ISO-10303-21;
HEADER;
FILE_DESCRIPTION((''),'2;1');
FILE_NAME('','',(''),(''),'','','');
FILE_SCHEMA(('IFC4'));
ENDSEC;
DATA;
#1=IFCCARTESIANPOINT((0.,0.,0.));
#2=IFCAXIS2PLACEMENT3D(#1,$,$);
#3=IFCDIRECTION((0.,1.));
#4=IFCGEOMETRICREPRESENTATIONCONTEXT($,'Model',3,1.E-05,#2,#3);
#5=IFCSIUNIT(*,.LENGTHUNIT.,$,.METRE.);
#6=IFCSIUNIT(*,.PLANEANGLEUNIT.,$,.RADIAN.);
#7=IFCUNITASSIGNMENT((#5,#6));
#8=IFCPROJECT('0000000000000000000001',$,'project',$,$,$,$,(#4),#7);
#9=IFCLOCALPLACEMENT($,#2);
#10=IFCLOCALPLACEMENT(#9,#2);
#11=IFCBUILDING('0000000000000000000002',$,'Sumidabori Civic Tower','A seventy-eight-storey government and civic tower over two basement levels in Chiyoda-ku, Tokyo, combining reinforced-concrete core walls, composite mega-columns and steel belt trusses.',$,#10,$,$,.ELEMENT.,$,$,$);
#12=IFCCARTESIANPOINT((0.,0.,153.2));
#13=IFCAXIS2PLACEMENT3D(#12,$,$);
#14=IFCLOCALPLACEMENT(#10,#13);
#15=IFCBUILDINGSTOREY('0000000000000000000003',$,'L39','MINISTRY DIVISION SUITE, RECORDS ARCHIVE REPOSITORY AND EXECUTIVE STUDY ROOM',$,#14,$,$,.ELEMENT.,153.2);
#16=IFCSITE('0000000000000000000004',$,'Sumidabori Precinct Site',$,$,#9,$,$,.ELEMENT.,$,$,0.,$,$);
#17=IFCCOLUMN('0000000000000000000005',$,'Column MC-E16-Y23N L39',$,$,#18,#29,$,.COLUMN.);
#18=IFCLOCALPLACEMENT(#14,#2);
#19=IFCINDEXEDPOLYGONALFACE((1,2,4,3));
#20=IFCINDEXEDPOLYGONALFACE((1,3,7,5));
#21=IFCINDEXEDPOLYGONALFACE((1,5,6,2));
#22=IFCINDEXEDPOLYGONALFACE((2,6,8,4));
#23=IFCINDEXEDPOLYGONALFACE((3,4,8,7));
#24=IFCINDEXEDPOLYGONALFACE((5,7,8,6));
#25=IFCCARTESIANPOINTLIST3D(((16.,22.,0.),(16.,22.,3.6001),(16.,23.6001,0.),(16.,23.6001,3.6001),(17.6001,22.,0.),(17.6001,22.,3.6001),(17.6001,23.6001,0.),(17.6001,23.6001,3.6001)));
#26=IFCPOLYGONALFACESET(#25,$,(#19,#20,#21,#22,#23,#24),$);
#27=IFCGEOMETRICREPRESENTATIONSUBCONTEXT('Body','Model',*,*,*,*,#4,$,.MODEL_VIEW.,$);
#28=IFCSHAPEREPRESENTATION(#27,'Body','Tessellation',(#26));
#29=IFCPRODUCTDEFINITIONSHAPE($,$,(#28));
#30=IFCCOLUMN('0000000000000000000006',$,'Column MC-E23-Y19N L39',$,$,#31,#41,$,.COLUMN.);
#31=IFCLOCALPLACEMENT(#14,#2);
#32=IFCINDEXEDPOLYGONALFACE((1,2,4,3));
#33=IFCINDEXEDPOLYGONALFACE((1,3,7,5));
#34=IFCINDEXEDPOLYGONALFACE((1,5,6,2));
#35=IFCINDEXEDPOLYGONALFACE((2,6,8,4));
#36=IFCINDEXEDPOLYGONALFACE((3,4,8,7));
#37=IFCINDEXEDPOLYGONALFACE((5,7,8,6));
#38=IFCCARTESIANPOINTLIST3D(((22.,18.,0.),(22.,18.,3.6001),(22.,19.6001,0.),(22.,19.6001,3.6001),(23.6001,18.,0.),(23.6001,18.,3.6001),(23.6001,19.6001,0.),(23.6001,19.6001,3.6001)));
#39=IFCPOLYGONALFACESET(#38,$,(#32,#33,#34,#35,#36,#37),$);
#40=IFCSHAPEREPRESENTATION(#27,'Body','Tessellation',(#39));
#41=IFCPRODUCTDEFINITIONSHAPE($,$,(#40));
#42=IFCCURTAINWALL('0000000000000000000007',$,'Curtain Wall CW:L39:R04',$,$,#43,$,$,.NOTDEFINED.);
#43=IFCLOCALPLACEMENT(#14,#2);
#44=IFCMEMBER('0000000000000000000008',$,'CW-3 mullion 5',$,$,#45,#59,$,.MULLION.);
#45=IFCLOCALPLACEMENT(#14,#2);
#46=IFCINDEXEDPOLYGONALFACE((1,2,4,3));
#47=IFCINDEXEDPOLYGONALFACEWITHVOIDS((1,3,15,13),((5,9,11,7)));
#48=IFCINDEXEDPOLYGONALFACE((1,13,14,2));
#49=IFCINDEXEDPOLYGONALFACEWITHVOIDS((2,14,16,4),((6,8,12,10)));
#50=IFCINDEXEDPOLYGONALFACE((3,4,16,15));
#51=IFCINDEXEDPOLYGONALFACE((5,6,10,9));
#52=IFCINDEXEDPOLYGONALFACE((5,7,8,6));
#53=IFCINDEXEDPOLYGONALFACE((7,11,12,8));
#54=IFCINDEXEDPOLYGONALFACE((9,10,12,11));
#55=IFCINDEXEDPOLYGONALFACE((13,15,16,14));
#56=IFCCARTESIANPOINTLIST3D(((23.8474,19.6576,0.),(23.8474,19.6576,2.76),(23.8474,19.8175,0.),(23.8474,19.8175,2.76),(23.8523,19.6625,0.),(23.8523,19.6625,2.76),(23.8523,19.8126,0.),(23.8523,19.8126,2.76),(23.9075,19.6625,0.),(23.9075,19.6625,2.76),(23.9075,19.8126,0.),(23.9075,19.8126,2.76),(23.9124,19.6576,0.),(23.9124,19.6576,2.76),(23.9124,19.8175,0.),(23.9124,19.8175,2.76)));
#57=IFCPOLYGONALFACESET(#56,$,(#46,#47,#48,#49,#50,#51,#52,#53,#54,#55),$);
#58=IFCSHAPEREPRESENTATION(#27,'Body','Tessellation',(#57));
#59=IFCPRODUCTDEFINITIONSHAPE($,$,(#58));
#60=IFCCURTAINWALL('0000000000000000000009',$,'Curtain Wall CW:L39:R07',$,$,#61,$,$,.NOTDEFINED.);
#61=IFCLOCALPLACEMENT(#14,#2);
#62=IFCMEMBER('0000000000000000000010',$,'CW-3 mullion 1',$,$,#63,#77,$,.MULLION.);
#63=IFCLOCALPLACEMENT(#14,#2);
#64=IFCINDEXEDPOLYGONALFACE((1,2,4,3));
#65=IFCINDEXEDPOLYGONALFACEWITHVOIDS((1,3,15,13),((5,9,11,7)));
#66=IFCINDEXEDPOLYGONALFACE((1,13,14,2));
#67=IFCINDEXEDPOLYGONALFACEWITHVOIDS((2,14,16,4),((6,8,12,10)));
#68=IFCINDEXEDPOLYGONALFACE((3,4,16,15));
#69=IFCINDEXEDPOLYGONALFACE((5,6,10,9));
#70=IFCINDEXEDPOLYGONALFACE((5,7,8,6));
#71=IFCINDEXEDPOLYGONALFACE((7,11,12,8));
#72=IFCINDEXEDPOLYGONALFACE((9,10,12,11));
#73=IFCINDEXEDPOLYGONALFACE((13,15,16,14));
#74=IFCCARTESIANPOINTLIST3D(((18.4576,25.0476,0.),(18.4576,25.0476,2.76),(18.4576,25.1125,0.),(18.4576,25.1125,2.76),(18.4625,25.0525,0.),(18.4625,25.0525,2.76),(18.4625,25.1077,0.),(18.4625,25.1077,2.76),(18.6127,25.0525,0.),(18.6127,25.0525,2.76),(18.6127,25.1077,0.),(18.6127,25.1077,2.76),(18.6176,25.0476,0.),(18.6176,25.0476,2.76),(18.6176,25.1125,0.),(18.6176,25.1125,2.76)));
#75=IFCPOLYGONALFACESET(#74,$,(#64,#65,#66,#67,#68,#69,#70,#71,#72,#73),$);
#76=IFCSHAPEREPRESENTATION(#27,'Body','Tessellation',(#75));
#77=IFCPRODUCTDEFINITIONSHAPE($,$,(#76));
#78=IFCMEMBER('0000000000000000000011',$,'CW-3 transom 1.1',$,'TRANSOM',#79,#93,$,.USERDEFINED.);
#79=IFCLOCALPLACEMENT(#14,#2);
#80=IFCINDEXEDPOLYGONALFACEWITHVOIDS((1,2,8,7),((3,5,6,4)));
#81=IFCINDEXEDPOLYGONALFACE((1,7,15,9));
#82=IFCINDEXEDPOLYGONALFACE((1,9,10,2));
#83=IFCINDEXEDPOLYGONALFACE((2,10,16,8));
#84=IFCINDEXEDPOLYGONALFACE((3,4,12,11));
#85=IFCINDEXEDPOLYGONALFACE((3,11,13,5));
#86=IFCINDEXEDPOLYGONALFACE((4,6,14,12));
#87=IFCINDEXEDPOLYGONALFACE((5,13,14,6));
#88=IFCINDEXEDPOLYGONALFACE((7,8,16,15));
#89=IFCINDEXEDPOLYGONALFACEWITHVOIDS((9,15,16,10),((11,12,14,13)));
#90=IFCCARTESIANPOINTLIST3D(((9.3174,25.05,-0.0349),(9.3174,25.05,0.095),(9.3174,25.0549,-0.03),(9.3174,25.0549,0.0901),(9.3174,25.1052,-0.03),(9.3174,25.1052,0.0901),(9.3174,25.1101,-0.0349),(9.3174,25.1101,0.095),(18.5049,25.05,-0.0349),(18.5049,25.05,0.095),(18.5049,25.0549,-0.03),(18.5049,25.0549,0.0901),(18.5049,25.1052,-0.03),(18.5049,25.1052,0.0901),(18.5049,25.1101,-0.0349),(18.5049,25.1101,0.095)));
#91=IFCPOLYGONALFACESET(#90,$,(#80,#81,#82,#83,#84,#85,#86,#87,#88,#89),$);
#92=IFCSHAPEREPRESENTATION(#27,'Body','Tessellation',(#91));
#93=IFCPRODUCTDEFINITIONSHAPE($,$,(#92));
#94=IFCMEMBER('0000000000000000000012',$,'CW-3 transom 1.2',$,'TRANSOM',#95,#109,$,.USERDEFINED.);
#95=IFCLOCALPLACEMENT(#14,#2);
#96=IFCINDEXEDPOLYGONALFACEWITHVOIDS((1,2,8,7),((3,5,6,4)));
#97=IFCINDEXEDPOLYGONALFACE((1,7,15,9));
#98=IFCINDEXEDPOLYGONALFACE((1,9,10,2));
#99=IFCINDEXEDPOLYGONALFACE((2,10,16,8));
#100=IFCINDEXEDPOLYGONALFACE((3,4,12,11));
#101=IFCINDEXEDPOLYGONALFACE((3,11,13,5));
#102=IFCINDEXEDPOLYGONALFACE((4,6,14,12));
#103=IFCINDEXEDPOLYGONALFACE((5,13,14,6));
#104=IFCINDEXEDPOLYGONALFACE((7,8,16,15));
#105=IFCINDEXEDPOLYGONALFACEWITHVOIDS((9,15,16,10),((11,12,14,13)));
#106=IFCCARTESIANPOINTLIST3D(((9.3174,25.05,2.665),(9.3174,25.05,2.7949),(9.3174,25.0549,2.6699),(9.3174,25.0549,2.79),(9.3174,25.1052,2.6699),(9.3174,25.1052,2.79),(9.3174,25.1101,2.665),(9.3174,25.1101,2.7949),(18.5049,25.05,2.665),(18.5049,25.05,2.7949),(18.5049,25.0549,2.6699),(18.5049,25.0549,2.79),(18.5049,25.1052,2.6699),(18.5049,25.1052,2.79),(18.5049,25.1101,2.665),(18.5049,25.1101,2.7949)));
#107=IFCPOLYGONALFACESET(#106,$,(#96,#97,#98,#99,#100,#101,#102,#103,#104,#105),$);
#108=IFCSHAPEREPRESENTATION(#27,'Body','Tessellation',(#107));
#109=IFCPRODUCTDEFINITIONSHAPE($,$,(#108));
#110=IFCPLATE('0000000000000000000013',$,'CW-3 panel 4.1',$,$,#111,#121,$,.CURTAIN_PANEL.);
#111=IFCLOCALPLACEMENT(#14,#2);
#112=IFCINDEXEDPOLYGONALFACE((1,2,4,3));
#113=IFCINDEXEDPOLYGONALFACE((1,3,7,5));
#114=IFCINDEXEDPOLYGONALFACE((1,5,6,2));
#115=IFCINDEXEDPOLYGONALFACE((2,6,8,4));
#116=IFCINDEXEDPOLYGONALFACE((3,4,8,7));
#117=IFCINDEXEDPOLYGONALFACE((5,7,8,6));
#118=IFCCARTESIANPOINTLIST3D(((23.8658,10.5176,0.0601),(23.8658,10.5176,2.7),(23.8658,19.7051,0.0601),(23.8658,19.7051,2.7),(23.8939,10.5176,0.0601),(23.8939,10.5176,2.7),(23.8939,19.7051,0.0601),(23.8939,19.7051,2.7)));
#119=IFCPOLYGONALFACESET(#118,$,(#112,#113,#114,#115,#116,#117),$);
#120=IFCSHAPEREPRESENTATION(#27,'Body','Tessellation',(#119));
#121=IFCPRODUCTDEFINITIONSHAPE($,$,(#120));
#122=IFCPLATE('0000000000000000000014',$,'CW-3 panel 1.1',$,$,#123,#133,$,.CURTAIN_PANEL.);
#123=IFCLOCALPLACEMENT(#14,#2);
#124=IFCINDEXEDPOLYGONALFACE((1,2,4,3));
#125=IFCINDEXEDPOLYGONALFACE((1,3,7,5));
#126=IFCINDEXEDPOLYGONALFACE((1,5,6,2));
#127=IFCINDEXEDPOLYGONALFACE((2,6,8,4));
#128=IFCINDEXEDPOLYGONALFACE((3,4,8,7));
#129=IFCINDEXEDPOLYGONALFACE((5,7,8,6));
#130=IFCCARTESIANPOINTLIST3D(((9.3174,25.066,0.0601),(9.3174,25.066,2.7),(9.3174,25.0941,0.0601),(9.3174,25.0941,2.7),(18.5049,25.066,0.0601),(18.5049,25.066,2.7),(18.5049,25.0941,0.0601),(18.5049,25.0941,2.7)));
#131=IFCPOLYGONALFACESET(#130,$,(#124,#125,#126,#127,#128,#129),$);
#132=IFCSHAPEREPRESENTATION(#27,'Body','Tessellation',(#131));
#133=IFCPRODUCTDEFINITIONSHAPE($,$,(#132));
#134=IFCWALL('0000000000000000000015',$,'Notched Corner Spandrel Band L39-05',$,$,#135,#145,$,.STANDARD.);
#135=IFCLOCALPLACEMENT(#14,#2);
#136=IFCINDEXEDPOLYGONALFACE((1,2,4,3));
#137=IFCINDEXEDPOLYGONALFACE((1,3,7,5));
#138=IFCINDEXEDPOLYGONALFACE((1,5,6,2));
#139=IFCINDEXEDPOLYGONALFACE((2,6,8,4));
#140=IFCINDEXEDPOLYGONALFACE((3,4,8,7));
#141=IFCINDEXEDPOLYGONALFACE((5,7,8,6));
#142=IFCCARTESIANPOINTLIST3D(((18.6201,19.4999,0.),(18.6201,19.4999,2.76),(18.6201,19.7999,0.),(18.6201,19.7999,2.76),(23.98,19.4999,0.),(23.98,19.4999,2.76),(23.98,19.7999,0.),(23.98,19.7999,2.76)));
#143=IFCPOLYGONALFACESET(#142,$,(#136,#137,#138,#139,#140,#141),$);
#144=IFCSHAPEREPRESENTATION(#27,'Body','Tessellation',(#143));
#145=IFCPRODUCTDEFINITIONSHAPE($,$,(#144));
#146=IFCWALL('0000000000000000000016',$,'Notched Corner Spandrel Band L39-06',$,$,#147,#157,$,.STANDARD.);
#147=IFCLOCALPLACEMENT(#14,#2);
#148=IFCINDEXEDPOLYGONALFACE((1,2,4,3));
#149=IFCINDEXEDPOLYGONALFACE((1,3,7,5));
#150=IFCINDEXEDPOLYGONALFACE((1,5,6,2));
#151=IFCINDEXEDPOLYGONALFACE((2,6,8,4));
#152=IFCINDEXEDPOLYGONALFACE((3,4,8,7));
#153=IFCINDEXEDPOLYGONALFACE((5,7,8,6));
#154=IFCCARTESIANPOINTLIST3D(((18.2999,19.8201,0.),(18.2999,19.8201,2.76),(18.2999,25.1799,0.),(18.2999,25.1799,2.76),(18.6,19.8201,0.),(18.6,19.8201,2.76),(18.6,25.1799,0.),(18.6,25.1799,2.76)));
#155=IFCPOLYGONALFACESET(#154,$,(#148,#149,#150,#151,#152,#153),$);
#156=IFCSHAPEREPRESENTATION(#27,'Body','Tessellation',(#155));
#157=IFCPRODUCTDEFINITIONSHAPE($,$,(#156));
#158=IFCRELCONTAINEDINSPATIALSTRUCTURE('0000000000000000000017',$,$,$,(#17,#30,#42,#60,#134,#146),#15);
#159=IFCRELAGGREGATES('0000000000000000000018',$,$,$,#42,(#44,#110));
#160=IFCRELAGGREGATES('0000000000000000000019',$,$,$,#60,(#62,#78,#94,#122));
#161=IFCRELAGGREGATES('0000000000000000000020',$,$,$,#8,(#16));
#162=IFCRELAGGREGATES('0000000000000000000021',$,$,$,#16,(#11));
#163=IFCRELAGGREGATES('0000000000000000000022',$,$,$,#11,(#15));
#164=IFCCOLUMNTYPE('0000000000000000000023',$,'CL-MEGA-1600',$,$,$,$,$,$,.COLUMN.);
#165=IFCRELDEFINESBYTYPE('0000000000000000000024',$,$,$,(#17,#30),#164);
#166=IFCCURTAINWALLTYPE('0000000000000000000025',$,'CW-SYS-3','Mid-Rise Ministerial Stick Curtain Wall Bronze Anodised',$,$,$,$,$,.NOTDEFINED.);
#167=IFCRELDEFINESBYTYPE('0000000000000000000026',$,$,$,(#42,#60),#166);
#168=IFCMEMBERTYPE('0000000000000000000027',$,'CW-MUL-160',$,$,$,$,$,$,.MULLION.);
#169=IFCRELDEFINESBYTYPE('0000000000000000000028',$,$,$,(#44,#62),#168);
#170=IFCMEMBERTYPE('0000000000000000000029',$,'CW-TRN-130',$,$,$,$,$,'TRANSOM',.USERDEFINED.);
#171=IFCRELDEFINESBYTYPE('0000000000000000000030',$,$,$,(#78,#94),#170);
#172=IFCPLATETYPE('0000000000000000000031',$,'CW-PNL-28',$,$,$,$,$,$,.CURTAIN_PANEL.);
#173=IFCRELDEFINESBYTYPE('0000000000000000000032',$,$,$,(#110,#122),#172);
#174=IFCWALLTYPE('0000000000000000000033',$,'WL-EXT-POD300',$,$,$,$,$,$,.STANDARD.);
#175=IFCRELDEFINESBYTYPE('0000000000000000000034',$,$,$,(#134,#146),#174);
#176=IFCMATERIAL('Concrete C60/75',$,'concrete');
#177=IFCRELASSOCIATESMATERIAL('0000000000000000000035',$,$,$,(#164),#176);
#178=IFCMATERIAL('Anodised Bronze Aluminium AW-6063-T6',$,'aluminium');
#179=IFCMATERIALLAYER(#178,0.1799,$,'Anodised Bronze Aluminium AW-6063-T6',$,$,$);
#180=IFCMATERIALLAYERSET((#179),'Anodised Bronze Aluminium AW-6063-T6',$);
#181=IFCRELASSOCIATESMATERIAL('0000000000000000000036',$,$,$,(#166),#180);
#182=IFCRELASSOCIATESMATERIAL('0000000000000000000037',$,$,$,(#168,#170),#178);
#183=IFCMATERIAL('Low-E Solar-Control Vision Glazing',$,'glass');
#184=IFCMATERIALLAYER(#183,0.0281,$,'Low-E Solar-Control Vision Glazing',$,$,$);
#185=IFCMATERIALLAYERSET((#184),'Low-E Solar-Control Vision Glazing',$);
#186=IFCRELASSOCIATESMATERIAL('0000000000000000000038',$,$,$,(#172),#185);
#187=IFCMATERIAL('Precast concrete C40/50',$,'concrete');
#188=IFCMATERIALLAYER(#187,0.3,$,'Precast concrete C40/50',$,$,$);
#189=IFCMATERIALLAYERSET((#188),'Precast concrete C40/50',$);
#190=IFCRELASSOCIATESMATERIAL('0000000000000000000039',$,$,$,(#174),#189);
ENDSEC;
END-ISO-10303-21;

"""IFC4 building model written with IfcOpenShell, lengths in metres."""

from ifc_helpers import new_model, si_unit, direction, frame, frame_2d, origin, origin_2d, place, context, subcontext, project, spatial, rectangle, hollow_rectangle, extrude, source, transform, mapped, material, layer, layer_set, material_profile, profile_set, type_object, element, aggregate, save


model = new_model("IFC4")

# Units and contexts
model_context = context("Model", 3, precision=1e-05, world=origin(), true_north=direction((0.0, 1.0)))
body_context = subcontext(model_context, "Body", "Model", "MODEL_VIEW")
ifc_project = project(units=[si_unit("LENGTHUNIT", "METRE"), si_unit("PLANEANGLEUNIT", "RADIAN")], contexts=[model_context])

# Site, building, storey
site_placement = place(None, origin())
site = spatial("IfcSite", under=ifc_project, at=site_placement, Name="Sumidabori Precinct Site", CompositionType="ELEMENT", RefElevation=0.0)
building_placement = place(site_placement, origin())
building = spatial("IfcBuilding", under=site, at=building_placement, Name="Sumidabori Civic Tower", Description="A seventy-eight-storey government and civic tower over two basement levels in Chiyoda-ku, Tokyo, combining reinforced-concrete core walls, composite mega-columns and steel belt trusses.", CompositionType="ELEMENT")
storey_placement = place(building_placement, frame((0.0, 0.0, 153.2)))
storey = spatial("IfcBuildingStorey", under=building, at=storey_placement, Name="L39", Description="MINISTRY DIVISION SUITE, RECORDS ARCHIVE REPOSITORY AND EXECUTIVE STUDY ROOM", CompositionType="ELEMENT", Elevation=153.2)

# Columns
ifc_material_1 = material(Name="Concrete C60/75", Category="concrete")
ifc_material_profile_1 = material_profile(ifc_material_1, rectangle(XDim=1.6001, YDim=1.6001, at=origin_2d()), Name="RC 1600x1600")
ifc_profile_set_1 = profile_set([ifc_material_profile_1], Name="Concrete C60/75")
column_type = type_object("IfcColumnType", Name="CL-MEGA-1600", PredefinedType="COLUMN", material=ifc_profile_set_1)
shared_shape_1 = source(origin(), body_context, "Body", "SweptSolid", [
    extrude(rectangle(XDim=1.6001, YDim=1.6001, at=origin_2d()), origin(), (0.0, 0.0, 1.0), 3.6001),
])
for number, where, z_axis, x_axis, name in (
    (1, (16.8, 22.8, 0.0), (0.0, 0.0, 1.0), (1.0, 0.0, 0.0), "Column MC-E16-Y23N L39"),
    (2, (22.8, 18.8, 0.0), (0.0, 0.0, 1.0), (1.0, 0.0, 0.0), "Column MC-E23-Y19N L39"),
):
    element("IfcColumn", number, at=place(storey_placement, frame(where, z_axis=z_axis, x_axis=x_axis)), inside=storey, type_object=column_type, Name=name, PredefinedType="COLUMN", context=body_context, shape_type="MappedRepresentation", body=[
        mapped(shared_shape_1, transform((0.0, 0.0, 0.0), x_axis=(1.0, 0.0, 0.0), y_axis=(0.0, 1.0, 0.0), z_axis=(0.0, 0.0, 1.0), scale=1.0)),
    ])

# Curtain wall, member
ifc_material_2 = material(Name="Anodised Bronze Aluminium AW-6063-T6", Category="aluminium")
ifc_layer_1 = layer(ifc_material_2, 0.1799, Name="Anodised Bronze Aluminium AW-6063-T6")
ifc_layer_set_1 = layer_set([ifc_layer_1], Name="Anodised Bronze Aluminium AW-6063-T6")
curtain_wall_type = type_object("IfcCurtainWallType", Name="CW-SYS-3", Description="Mid-Rise Ministerial Stick Curtain Wall Bronze Anodised", PredefinedType="NOTDEFINED", material=ifc_layer_set_1)
curtain_wall_1_placement = place(storey_placement, origin())
curtain_wall_1 = element("IfcCurtainWall", 3, at=curtain_wall_1_placement, inside=storey, type_object=curtain_wall_type, Name="Curtain Wall CW:L39:R04", PredefinedType="NOTDEFINED")
ifc_material_profile_2 = material_profile(ifc_material_2, hollow_rectangle(XDim=0.0649, YDim=0.1599, WallThickness=0.0049, at=origin_2d()), Name="ALU MULLION 160x65")
ifc_profile_set_2 = profile_set([ifc_material_profile_2], Name="Anodised Bronze Aluminium AW-6063-T6")
member_type_1 = type_object("IfcMemberType", Name="CW-MUL-160", PredefinedType="MULLION", material=ifc_profile_set_2)
shared_shape_2 = source(origin(), body_context, "Body", "SweptSolid", [
    extrude(hollow_rectangle(XDim=0.0649, YDim=0.1599, WallThickness=0.0049, at=origin_2d()), origin(), (0.0, 0.0, 1.0), 2.76),
])
member_1_placement = place(storey_placement, frame((23.8799, 19.7375, 0.0), z_axis=(0.0, 0.0, 1.0), x_axis=(-1.0, 0.0, 0.0)))
member_1 = element("IfcMember", 4, at=member_1_placement, type_object=member_type_1, Name="CW-3 mullion 5", PredefinedType="MULLION", context=body_context, shape_type="MappedRepresentation", body=[
    mapped(shared_shape_2, transform((0.0, 0.0, 0.0), x_axis=(1.0, 0.0, 0.0), y_axis=(0.0, 1.0, 0.0), z_axis=(0.0, 0.0, 1.0), scale=1.0)),
])

# Curtain wall, members
curtain_wall_2_placement = place(storey_placement, origin())
curtain_wall_2 = element("IfcCurtainWall", 5, at=curtain_wall_2_placement, inside=storey, type_object=curtain_wall_type, Name="Curtain Wall CW:L39:R07", PredefinedType="NOTDEFINED")
member_2_placement = place(storey_placement, frame((18.5376, 25.0801, 0.0), z_axis=(0.0, 0.0, 1.0), x_axis=(0.0, -1.0, 0.0)))
member_2 = element("IfcMember", 6, at=member_2_placement, type_object=member_type_1, Name="CW-3 mullion 1", PredefinedType="MULLION", context=body_context, shape_type="MappedRepresentation", body=[
    mapped(shared_shape_2, transform((0.0, 0.0, 0.0), x_axis=(1.0, 0.0, 0.0), y_axis=(0.0, 1.0, 0.0), z_axis=(0.0, 0.0, 1.0), scale=1.0)),
])
ifc_material_profile_3 = material_profile(ifc_material_2, hollow_rectangle(XDim=0.0601, YDim=0.1299, WallThickness=0.0049, at=origin_2d()), Name="ALU TRANSOM 130x60")
ifc_profile_set_3 = profile_set([ifc_material_profile_3], Name="Anodised Bronze Aluminium AW-6063-T6")
member_type_2 = type_object("IfcMemberType", Name="CW-TRN-130", ElementType="TRANSOM", PredefinedType="USERDEFINED", material=ifc_profile_set_3)
shared_shape_3 = source(origin(), body_context, "Body", "SweptSolid", [
    extrude(hollow_rectangle(XDim=0.0601, YDim=0.1299, WallThickness=0.0049, at=origin_2d()), origin(), (0.0, 0.0, 1.0), 9.1875),
])
member_3_placement = place(storey_placement, frame((18.5049, 25.0801, 0.03), z_axis=(-1.0, 0.0, 0.0), x_axis=(0.0, -1.0, 0.0)))
member_3 = element("IfcMember", 7, at=member_3_placement, type_object=member_type_2, Name="CW-3 transom 1.1", ObjectType="TRANSOM", PredefinedType="USERDEFINED", context=body_context, shape_type="MappedRepresentation", body=[
    mapped(shared_shape_3, transform((0.0, 0.0, 0.0), x_axis=(1.0, 0.0, 0.0), y_axis=(0.0, 1.0, 0.0), z_axis=(0.0, 0.0, 1.0), scale=1.0)),
])
member_4_placement = place(storey_placement, frame((18.5049, 25.0801, 2.73), z_axis=(-1.0, 0.0, 0.0), x_axis=(0.0, -1.0, 0.0)))
member_4 = element("IfcMember", 8, at=member_4_placement, type_object=member_type_2, Name="CW-3 transom 1.2", ObjectType="TRANSOM", PredefinedType="USERDEFINED", context=body_context, shape_type="MappedRepresentation", body=[
    mapped(shared_shape_3, transform((0.0, 0.0, 0.0), x_axis=(1.0, 0.0, 0.0), y_axis=(0.0, 1.0, 0.0), z_axis=(0.0, 0.0, 1.0), scale=1.0)),
])

# Plates
ifc_material_3 = material(Name="Low-E Solar-Control Vision Glazing", Category="glass")
ifc_layer_2 = layer(ifc_material_3, 0.0281, Name="Low-E Solar-Control Vision Glazing")
ifc_layer_set_2 = layer_set([ifc_layer_2], Name="Low-E Solar-Control Vision Glazing")
plate_type = type_object("IfcPlateType", Name="CW-PNL-28", PredefinedType="CURTAIN_PANEL", material=ifc_layer_set_2)
shared_shape_4 = source(origin(), body_context, "Body", "SweptSolid", [
    extrude(rectangle(XDim=9.1875, YDim=0.0281, at=origin_2d()), origin(), (0.0, 0.0, 1.0), 2.6399),
])
plate_1_placement = place(storey_placement, frame((23.8799, 15.1113, 0.0601), z_axis=(0.0, 0.0, 1.0), x_axis=(0.0, 1.0, 0.0)))
plate_1 = element("IfcPlate", 9, at=plate_1_placement, type_object=plate_type, Name="CW-3 panel 4.1", PredefinedType="CURTAIN_PANEL", context=body_context, shape_type="MappedRepresentation", body=[
    mapped(shared_shape_4, transform((0.0, 0.0, 0.0), x_axis=(1.0, 0.0, 0.0), y_axis=(0.0, 1.0, 0.0), z_axis=(0.0, 0.0, 1.0), scale=1.0)),
])
aggregate(curtain_wall_1, [member_1, plate_1])
plate_2_placement = place(storey_placement, frame((13.9111, 25.0801, 0.0601), z_axis=(0.0, 0.0, 1.0), x_axis=(-1.0, 0.0, 0.0)))
plate_2 = element("IfcPlate", 10, at=plate_2_placement, type_object=plate_type, Name="CW-3 panel 1.1", PredefinedType="CURTAIN_PANEL", context=body_context, shape_type="MappedRepresentation", body=[
    mapped(shared_shape_4, transform((0.0, 0.0, 0.0), x_axis=(1.0, 0.0, 0.0), y_axis=(0.0, 1.0, 0.0), z_axis=(0.0, 0.0, 1.0), scale=1.0)),
])
aggregate(curtain_wall_2, [member_2, member_3, member_4, plate_2])

# Walls
ifc_material_4 = material(Name="Precast concrete C40/50", Category="concrete")
ifc_layer_3 = layer(ifc_material_4, 0.3, Name="Precast concrete C40/50")
ifc_layer_set_3 = layer_set([ifc_layer_3], Name="Precast concrete C40/50")
wall_type = type_object("IfcWallType", Name="WL-EXT-POD300", PredefinedType="STANDARD", material=ifc_layer_set_3)
shared_shape_5 = source(origin(), body_context, "Body", "SweptSolid", [
    extrude(rectangle(XDim=5.3599, YDim=0.3, at=frame_2d((2.6799, 0.0))), origin(), (0.0, 0.0, 1.0), 2.76),
])
for number, where, z_axis, x_axis, name in (
    (11, (23.98, 19.6499, 0.0), (0.0, 0.0, 1.0), (-1.0, 0.0, 0.0), "Notched Corner Spandrel Band L39-05"),
    (12, (18.45, 19.8201, 0.0), (0.0, 0.0, 1.0), (0.0, 1.0, 0.0), "Notched Corner Spandrel Band L39-06"),
):
    element("IfcWall", number, at=place(storey_placement, frame(where, z_axis=z_axis, x_axis=x_axis)), inside=storey, type_object=wall_type, Name=name, PredefinedType="STANDARD", context=body_context, shape_type="MappedRepresentation", body=[
        mapped(shared_shape_5, transform((0.0, 0.0, 0.0), x_axis=(1.0, 0.0, 0.0), y_axis=(0.0, 1.0, 0.0), z_axis=(0.0, 0.0, 1.0), scale=1.0)),
    ])

save(model, "model.ifc")
